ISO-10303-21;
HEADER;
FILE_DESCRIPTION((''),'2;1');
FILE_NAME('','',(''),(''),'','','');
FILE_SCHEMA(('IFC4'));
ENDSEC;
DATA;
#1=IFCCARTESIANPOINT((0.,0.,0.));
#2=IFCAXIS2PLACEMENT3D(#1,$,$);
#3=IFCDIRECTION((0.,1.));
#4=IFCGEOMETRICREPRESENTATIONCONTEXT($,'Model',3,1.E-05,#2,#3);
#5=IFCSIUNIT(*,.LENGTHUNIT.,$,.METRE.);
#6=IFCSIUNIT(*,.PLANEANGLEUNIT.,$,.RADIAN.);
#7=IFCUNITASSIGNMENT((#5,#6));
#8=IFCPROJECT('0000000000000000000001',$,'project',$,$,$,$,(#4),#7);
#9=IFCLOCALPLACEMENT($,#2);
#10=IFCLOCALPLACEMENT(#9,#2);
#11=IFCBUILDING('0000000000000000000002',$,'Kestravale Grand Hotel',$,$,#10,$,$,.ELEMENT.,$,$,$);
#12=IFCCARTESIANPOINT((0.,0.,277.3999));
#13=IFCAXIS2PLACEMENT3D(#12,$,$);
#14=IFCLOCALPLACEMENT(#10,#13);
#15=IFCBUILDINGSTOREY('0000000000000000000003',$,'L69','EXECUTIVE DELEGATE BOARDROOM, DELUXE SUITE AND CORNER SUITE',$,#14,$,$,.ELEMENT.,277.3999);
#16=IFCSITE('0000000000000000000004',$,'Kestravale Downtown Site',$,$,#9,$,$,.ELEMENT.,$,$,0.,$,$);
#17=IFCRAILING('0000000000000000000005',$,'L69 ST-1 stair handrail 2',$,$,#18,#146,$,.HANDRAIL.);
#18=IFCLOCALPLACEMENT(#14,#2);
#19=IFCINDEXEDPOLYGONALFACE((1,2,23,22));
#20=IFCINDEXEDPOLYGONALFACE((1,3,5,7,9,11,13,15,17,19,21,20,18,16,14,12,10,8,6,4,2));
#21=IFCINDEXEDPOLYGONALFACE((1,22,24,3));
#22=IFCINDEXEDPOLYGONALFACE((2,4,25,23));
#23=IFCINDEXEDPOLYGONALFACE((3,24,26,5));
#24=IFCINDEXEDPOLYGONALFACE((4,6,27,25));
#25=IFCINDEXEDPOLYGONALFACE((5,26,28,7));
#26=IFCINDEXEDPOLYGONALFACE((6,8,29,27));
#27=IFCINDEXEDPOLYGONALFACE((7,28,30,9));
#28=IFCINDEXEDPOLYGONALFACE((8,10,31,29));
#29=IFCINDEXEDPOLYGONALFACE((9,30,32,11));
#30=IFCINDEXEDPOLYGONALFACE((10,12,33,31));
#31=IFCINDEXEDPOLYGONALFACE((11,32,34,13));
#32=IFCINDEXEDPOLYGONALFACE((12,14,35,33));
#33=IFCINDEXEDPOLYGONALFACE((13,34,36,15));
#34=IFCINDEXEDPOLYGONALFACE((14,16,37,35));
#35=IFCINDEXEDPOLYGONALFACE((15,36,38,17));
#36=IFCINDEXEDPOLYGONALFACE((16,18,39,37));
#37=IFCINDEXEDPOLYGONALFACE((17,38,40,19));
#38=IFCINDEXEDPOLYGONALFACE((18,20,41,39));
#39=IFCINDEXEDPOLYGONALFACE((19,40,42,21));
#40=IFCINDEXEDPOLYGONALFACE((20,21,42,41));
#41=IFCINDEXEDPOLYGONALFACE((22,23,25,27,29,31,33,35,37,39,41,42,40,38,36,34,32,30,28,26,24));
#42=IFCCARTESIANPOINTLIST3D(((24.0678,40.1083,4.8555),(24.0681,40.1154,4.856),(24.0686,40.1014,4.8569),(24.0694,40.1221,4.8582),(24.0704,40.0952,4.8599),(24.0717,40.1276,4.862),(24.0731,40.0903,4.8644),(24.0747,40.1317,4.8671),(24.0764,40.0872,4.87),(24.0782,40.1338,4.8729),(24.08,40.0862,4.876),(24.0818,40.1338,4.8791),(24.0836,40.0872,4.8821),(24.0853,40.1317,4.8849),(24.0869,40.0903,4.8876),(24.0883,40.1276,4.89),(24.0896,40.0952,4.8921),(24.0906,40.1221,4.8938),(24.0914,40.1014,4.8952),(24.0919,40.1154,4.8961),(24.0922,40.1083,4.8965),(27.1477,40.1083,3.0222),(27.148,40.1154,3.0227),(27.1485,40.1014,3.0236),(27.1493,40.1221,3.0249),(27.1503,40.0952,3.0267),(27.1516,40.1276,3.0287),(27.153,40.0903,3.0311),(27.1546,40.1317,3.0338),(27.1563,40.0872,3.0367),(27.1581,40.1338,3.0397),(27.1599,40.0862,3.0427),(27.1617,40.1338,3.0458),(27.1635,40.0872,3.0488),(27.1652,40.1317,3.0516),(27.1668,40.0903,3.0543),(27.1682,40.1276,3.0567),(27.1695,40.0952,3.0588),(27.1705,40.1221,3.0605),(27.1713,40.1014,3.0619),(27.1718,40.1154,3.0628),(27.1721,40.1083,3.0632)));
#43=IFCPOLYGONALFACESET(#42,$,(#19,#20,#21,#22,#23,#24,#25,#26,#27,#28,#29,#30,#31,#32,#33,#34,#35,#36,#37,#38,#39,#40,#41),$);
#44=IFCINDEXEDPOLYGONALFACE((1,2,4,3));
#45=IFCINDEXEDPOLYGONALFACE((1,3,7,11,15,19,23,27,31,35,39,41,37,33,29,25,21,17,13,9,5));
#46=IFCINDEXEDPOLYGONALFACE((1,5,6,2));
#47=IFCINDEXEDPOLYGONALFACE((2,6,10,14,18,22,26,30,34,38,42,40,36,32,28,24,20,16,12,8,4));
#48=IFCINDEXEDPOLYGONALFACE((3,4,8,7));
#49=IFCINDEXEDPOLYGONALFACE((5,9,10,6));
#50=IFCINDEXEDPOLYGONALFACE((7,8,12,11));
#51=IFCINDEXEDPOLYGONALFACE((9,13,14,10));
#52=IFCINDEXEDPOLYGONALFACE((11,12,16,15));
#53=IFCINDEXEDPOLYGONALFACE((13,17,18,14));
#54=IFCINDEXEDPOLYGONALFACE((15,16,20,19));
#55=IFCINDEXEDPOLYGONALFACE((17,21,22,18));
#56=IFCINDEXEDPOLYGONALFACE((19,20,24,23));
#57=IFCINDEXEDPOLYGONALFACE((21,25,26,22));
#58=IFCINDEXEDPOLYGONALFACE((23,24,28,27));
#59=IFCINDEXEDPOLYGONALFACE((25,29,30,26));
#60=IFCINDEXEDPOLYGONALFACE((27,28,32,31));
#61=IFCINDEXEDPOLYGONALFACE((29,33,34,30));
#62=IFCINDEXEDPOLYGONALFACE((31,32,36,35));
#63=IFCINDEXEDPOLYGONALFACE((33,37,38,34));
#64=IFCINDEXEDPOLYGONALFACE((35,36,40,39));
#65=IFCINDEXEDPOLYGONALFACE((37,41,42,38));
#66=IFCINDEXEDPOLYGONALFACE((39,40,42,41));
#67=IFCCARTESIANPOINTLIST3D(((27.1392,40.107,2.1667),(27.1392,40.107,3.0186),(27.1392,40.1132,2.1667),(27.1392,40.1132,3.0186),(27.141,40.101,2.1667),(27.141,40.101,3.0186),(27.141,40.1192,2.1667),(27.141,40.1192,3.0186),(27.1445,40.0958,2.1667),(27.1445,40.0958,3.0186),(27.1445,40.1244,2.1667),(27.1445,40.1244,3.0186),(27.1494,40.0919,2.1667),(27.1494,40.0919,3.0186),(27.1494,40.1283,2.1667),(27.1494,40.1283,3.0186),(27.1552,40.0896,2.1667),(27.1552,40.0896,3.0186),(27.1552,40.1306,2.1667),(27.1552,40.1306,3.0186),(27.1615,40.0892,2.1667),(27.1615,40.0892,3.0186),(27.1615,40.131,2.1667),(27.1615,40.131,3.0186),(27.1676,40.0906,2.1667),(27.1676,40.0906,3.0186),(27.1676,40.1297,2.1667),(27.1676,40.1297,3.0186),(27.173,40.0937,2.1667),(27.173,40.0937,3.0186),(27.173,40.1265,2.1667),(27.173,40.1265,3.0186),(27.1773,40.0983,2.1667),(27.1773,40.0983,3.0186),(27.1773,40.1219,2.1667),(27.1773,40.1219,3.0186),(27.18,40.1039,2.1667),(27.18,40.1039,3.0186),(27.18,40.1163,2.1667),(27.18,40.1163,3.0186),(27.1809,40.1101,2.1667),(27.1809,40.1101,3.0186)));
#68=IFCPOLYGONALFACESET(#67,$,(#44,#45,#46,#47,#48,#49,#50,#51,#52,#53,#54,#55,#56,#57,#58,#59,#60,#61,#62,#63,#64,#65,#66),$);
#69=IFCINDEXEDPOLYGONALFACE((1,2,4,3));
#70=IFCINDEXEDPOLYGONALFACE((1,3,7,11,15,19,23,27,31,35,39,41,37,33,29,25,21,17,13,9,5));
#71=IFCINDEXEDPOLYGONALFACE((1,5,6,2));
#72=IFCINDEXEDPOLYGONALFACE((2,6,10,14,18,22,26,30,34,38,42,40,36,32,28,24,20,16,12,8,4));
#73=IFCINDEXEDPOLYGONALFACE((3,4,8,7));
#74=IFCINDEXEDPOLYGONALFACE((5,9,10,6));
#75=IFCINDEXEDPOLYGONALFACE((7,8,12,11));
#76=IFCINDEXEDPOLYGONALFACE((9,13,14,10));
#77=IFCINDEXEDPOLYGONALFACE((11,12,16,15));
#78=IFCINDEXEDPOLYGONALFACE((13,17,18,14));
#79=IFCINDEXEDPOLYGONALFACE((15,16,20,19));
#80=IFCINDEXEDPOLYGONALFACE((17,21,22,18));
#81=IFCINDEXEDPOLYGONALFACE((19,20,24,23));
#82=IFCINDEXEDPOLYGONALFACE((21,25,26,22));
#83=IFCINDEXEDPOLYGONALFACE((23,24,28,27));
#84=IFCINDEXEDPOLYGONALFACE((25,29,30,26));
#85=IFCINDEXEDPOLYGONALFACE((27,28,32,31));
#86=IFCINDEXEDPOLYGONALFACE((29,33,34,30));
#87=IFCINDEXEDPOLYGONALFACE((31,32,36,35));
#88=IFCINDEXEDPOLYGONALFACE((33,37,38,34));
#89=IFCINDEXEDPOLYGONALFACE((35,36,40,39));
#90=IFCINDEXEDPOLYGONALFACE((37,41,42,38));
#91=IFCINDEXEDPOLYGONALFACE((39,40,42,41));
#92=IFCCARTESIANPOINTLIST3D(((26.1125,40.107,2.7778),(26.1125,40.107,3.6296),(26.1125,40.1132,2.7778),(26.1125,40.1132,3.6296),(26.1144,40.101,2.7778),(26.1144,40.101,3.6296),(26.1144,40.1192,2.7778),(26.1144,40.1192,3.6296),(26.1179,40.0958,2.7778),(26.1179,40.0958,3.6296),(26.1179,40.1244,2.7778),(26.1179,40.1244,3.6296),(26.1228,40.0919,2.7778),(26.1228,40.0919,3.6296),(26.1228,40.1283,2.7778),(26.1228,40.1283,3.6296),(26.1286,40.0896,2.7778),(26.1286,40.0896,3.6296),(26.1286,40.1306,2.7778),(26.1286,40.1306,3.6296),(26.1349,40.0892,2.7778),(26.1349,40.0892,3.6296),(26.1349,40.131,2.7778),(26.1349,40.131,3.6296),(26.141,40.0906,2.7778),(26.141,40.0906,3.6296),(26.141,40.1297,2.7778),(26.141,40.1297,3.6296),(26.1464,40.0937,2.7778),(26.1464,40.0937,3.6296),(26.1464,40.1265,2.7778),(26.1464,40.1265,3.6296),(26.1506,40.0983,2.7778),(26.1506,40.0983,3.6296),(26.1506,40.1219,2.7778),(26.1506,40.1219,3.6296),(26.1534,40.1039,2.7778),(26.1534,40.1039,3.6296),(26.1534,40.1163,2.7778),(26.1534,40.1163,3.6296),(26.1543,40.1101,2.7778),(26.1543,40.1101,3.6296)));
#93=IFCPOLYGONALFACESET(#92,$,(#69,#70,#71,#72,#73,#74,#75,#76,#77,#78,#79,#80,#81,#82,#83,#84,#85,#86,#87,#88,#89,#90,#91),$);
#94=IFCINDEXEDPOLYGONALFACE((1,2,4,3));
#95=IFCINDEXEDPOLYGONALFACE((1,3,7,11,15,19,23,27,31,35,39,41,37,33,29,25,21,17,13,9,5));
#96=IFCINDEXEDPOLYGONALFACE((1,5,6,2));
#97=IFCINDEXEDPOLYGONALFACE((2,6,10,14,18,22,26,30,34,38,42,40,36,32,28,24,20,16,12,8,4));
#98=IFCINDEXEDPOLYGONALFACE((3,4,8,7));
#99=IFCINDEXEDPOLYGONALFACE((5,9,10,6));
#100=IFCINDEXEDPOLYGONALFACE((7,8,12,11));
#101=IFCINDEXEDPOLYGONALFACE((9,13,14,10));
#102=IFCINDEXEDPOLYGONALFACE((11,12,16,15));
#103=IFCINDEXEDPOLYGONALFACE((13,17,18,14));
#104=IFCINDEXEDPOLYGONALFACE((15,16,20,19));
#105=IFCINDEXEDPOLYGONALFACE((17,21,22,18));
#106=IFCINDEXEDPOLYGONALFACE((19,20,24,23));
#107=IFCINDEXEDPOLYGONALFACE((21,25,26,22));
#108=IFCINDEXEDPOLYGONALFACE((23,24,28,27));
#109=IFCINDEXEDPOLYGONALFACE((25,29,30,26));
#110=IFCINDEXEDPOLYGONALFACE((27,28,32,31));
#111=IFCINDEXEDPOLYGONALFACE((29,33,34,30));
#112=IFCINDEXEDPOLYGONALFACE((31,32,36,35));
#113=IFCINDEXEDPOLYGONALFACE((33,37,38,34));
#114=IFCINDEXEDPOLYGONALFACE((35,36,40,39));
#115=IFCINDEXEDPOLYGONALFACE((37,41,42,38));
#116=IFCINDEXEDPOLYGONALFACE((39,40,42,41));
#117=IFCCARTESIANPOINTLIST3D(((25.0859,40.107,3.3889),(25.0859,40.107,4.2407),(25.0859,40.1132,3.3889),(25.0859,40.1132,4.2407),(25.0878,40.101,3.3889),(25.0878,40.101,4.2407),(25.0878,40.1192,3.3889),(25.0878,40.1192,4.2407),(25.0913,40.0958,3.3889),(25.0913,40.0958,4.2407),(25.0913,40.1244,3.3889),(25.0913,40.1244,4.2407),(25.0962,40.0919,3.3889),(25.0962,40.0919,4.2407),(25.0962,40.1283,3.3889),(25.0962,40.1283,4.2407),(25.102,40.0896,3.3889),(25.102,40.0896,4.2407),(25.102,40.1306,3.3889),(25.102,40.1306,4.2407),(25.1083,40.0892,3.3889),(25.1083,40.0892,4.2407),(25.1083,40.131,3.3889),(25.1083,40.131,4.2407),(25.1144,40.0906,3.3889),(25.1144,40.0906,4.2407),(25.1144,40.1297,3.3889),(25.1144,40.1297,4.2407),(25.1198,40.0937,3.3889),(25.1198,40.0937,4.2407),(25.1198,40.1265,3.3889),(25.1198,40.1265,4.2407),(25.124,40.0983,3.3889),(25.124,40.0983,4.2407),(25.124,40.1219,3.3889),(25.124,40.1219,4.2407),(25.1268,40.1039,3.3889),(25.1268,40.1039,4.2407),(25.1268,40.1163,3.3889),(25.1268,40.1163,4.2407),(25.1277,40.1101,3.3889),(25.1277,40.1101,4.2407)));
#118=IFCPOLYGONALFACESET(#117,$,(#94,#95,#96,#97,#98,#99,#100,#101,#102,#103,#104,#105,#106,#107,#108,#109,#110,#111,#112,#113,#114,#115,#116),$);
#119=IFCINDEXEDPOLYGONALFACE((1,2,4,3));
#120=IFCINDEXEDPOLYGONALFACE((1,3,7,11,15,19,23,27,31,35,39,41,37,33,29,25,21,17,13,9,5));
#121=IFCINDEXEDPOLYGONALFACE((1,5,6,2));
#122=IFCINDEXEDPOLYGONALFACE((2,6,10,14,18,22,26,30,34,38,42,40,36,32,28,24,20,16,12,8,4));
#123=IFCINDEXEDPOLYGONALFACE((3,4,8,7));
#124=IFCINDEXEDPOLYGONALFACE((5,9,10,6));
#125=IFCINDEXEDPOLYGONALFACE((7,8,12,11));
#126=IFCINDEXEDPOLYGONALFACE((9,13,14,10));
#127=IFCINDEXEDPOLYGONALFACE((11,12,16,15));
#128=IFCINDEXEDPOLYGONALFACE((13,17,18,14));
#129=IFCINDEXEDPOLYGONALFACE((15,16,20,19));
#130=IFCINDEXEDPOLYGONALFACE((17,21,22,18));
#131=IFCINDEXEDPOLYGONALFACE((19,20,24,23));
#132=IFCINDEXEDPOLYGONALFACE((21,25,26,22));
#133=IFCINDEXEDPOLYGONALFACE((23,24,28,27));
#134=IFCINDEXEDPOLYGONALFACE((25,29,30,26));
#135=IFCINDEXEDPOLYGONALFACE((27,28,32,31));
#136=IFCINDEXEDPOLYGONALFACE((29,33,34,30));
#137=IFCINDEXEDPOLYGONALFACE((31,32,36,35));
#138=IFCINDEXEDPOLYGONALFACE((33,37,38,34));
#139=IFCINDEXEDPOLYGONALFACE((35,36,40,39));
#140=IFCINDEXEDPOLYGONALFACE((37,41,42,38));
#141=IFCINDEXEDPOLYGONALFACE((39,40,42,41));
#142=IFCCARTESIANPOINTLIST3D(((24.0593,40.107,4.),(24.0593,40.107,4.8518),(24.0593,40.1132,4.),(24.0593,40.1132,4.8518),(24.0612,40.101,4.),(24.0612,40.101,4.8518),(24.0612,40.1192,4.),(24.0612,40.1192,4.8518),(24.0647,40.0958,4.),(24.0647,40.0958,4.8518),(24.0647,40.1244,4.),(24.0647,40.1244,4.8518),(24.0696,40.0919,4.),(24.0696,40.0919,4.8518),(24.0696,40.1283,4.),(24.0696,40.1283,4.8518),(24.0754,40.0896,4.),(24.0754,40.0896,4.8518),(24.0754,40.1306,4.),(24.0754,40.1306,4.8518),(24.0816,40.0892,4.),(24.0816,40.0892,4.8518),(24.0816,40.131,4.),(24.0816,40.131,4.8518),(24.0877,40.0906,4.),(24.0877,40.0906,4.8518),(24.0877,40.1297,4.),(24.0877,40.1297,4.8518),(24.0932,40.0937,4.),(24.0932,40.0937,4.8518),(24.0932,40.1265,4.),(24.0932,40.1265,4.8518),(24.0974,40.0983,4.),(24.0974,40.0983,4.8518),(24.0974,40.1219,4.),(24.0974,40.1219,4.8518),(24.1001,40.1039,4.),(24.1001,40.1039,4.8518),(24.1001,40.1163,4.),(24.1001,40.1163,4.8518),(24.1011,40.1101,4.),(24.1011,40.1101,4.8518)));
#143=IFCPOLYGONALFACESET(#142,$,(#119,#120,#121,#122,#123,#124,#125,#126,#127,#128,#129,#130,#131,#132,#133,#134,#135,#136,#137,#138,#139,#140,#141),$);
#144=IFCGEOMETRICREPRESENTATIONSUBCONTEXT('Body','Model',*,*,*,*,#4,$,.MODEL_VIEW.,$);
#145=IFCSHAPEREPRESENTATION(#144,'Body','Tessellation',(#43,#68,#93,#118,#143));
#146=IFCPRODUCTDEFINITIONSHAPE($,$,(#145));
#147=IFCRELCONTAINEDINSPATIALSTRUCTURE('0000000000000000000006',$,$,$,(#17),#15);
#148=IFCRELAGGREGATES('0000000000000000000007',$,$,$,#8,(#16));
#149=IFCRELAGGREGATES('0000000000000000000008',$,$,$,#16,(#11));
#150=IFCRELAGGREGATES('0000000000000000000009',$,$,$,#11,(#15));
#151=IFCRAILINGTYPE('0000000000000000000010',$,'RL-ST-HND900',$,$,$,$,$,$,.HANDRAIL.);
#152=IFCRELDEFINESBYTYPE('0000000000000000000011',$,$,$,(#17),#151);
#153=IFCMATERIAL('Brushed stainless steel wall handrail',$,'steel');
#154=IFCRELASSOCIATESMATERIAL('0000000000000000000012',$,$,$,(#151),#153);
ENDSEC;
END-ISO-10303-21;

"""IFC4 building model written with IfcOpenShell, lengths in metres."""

from ifc_helpers import new_model, si_unit, direction, frame, origin, origin_2d, place, context, subcontext, project, spatial, circle, extrude, material, type_object, element, save


model = new_model("IFC4")

# Units and contexts
model_context = context("Model", 3, precision=1e-05, world=origin(), true_north=direction((0.0, 1.0)))
body_context = subcontext(model_context, "Body", "Model", "MODEL_VIEW")
ifc_project = project(units=[si_unit("LENGTHUNIT", "METRE"), si_unit("PLANEANGLEUNIT", "RADIAN")], contexts=[model_context])

# Site, building, storey
site_placement = place(None, origin())
site = spatial("IfcSite", under=ifc_project, at=site_placement, Name="Kestravale Downtown Site", CompositionType="ELEMENT", RefElevation=0.0)
building_placement = place(site_placement, origin())
building = spatial("IfcBuilding", under=site, at=building_placement, Name="Kestravale Grand Hotel", CompositionType="ELEMENT")
storey_placement = place(building_placement, frame((0.0, 0.0, 277.3999)))
storey = spatial("IfcBuildingStorey", under=building, at=storey_placement, Name="L69", Description="EXECUTIVE DELEGATE BOARDROOM, DELUXE SUITE AND CORNER SUITE", CompositionType="ELEMENT", Elevation=277.3999)

# Railing
ifc_material_1 = material(Name="Brushed stainless steel wall handrail", Category="steel")
railing_type_1 = type_object("IfcRailingType", Name="RL-ST-HND900", PredefinedType="HANDRAIL", material=ifc_material_1)
railing_1_placement = place(storey_placement, frame((27.1599, 40.1101, 2.1667)))
element("IfcRailing", 1, at=railing_1_placement, inside=storey, type_object=railing_type_1, Name="L69 ST-1 stair handrail 2", PredefinedType="HANDRAIL", context=body_context, shape_type="SweptSolid", body=[
    extrude(circle(Radius=0.0239, at=origin_2d()), frame((0.0, 0.0, 0.876), z_axis=(-0.859291, 0.0, 0.511487), x_axis=(0.0, -1.0, 0.0)), (0.0, 0.0, 1.0), 3.5842),
    extrude(circle(Radius=0.021, at=origin_2d()), origin(), (0.0, 0.0, 1.0), 0.8518),
    extrude(circle(Radius=0.021, at=origin_2d()), frame((-1.0266, 0.0, 0.6111)), (0.0, 0.0, 1.0), 0.8518),
    extrude(circle(Radius=0.021, at=origin_2d()), frame((-2.0532, 0.0, 1.2222)), (0.0, 0.0, 1.0), 0.8518),
    extrude(circle(Radius=0.021, at=origin_2d()), frame((-3.0798, 0.0, 1.8333)), (0.0, 0.0, 1.0), 0.8518),
])

save(model, "model.ifc")
